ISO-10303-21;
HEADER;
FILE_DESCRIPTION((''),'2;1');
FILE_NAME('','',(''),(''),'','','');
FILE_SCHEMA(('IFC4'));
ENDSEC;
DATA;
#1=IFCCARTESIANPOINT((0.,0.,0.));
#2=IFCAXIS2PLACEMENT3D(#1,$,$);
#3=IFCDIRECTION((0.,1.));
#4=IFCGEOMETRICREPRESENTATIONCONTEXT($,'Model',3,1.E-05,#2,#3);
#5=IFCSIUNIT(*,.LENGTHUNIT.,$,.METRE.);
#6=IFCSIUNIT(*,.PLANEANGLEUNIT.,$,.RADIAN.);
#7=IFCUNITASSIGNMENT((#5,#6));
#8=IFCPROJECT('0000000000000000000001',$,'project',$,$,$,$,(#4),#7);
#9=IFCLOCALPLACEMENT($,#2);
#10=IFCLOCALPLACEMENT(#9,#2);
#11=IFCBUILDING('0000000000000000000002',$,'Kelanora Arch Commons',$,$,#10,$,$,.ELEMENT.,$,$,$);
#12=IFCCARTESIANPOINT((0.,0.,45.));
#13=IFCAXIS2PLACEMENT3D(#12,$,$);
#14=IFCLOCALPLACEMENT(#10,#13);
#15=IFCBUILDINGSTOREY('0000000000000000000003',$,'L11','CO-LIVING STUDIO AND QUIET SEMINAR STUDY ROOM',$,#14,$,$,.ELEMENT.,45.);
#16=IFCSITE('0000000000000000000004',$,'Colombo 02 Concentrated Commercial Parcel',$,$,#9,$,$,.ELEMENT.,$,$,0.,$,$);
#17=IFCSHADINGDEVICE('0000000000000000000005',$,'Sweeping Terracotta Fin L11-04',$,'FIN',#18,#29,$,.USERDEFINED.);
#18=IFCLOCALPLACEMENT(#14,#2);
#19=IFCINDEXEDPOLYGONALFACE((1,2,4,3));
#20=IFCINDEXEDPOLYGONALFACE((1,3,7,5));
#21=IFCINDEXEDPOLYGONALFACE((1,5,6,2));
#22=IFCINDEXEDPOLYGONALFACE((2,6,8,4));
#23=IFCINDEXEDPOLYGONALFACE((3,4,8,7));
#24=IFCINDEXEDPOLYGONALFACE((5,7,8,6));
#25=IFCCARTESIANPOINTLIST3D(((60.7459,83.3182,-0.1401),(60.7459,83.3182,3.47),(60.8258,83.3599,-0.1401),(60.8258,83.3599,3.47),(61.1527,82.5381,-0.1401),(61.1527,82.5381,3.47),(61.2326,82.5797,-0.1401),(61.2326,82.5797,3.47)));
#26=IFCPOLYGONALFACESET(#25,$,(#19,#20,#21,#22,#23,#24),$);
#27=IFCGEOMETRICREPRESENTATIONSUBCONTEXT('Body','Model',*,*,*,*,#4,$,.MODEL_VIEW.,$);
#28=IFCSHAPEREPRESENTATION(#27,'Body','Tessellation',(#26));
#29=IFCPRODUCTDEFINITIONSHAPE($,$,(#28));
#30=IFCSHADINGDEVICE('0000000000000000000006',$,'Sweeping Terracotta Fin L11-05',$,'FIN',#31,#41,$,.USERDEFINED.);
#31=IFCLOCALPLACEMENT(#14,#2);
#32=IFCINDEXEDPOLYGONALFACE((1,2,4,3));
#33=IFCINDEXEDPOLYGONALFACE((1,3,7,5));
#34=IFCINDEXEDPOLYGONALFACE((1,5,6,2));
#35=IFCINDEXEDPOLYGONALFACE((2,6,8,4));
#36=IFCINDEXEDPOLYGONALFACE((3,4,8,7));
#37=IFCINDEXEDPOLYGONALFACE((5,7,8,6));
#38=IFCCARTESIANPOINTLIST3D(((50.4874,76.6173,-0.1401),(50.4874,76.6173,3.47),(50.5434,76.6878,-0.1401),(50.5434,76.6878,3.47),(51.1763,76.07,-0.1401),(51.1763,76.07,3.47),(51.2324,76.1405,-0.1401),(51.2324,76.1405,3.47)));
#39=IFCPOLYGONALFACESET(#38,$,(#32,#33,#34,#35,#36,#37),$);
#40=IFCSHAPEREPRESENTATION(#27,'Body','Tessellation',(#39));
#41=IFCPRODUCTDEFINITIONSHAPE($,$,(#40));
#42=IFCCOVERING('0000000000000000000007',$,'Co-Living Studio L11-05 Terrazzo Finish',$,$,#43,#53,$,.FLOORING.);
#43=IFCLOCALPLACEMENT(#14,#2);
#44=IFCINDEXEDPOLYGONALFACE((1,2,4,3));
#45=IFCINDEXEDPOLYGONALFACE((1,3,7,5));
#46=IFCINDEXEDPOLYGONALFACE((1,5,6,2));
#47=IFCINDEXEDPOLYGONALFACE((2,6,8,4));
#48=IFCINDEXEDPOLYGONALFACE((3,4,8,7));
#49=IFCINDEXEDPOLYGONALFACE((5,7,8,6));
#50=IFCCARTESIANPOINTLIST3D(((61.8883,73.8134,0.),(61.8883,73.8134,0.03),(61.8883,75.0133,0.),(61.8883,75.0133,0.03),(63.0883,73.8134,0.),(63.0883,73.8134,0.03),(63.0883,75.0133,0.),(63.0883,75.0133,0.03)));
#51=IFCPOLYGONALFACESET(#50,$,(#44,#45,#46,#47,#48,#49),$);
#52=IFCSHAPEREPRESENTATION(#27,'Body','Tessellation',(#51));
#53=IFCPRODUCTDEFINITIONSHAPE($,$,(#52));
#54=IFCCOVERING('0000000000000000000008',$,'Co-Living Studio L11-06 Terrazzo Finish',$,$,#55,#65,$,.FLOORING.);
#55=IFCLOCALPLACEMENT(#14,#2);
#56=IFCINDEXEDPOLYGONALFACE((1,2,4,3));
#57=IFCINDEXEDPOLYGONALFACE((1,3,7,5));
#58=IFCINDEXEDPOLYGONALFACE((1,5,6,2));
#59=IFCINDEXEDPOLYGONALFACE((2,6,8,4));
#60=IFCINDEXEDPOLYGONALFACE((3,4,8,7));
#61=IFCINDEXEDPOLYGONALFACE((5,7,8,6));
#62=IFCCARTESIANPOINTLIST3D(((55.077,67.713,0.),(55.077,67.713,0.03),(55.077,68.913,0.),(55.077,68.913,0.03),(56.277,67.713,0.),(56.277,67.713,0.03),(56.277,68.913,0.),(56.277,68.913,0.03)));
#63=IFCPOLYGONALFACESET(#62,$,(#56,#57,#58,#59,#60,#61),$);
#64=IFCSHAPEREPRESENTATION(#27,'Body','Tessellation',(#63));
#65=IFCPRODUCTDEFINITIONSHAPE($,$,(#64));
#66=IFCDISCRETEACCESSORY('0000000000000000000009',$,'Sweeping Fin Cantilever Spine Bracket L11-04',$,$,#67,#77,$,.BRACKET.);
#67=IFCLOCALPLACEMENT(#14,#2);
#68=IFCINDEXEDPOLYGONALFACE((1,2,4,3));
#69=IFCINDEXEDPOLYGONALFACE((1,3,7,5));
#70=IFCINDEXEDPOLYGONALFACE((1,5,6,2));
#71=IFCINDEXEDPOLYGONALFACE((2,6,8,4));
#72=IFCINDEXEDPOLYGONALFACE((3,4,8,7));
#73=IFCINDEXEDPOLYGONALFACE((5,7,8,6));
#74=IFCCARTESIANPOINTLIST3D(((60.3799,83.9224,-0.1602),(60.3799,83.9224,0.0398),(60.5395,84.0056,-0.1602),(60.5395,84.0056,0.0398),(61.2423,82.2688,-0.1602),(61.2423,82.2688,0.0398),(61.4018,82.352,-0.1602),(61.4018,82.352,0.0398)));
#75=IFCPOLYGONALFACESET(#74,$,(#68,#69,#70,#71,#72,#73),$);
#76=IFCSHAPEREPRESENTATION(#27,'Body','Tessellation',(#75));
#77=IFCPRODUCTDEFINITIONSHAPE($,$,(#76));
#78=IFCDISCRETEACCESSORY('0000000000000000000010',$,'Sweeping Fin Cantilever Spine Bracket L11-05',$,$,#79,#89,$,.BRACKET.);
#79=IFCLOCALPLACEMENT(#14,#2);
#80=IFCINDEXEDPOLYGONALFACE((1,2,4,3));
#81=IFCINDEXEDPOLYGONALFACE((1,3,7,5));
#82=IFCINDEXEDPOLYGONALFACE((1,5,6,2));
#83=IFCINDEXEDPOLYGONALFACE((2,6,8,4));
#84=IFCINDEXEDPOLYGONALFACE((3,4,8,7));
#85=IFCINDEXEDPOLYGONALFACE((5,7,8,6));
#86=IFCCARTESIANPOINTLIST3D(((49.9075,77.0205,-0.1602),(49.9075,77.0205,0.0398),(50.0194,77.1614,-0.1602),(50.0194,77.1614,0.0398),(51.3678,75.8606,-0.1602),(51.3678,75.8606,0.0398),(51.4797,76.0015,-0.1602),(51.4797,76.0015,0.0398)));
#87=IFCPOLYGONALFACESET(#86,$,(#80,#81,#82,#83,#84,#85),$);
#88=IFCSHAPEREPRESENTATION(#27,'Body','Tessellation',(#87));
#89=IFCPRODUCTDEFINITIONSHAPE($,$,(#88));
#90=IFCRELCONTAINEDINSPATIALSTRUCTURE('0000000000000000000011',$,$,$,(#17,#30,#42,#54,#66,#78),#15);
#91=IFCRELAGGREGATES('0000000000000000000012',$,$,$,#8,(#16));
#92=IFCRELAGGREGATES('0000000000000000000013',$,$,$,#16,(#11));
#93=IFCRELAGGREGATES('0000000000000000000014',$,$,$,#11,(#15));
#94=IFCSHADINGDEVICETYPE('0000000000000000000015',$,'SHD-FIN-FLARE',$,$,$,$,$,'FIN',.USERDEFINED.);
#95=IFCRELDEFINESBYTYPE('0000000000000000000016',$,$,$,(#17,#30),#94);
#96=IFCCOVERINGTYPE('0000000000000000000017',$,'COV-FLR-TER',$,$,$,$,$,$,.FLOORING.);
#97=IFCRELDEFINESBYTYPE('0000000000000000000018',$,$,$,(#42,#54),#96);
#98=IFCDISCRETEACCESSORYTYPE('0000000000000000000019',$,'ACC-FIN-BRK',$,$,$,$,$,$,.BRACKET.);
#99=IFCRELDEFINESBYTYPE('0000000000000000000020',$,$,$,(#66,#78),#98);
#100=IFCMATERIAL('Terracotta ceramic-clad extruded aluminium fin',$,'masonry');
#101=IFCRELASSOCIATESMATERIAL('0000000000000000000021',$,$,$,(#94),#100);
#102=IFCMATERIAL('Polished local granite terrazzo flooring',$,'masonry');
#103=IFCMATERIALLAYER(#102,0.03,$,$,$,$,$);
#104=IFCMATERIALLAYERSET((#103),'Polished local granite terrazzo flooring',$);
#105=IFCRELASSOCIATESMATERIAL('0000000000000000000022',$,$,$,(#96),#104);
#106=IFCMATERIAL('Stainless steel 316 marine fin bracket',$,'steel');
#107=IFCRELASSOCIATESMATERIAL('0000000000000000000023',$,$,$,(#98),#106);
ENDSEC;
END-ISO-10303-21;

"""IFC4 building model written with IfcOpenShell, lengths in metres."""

from ifc_helpers import new_model, si_unit, direction, frame, origin, origin_2d, place, context, subcontext, project, spatial, rectangle, extrude, source, transform, mapped, material, layer, layer_set, type_object, element, save


model = new_model("IFC4")

# Units and contexts
model_context = context("Model", 3, precision=1e-05, world=origin(), true_north=direction((0.0, 1.0)))
body_context = subcontext(model_context, "Body", "Model", "MODEL_VIEW")
ifc_project = project(units=[si_unit("LENGTHUNIT", "METRE"), si_unit("PLANEANGLEUNIT", "RADIAN")], contexts=[model_context])

# Site, building, storey
site_placement = place(None, origin())
site = spatial("IfcSite", under=ifc_project, at=site_placement, Name="Colombo 02 Concentrated Commercial Parcel", CompositionType="ELEMENT", RefElevation=0.0)
building_placement = place(site_placement, origin())
building = spatial("IfcBuilding", under=site, at=building_placement, Name="Kelanora Arch Commons", CompositionType="ELEMENT")
storey_placement = place(building_placement, frame((0.0, 0.0, 45.0)))
storey = spatial("IfcBuildingStorey", under=building, at=storey_placement, Name="L11", Description="CO-LIVING STUDIO AND QUIET SEMINAR STUDY ROOM", CompositionType="ELEMENT", Elevation=45.0)

# Shading devices
ifc_material_1 = material(Name="Terracotta ceramic-clad extruded aluminium fin", Category="masonry")
shading_device_type = type_object("IfcShadingDeviceType", Name="SHD-FIN-FLARE", ElementType="FIN", PredefinedType="USERDEFINED", material=ifc_material_1)
shared_shape_1 = source(origin(), body_context, "Body", "SweptSolid", [
    extrude(rectangle(XDim=0.8799, YDim=0.0901, at=origin_2d()), origin(), (0.0, 0.0, 1.0), 3.6101),
])
for number, where, z_axis, x_axis, name in (
    (1, (60.9893, 82.949, -0.1401), (0.0, 0.0, 1.0), (-0.462368, 0.886688, 0.0), "Sweeping Terracotta Fin L11-04"),
    (2, (50.8599, 76.3789, -0.1401), (0.0, 0.0, 1.0), (-0.783043, 0.621968, 0.0), "Sweeping Terracotta Fin L11-05"),
):
    element("IfcShadingDevice", number, at=place(storey_placement, frame(where, z_axis=z_axis, x_axis=x_axis)), inside=storey, type_object=shading_device_type, Name=name, ObjectType="FIN", PredefinedType="USERDEFINED", context=body_context, shape_type="MappedRepresentation", body=[
        mapped(shared_shape_1, transform((0.0, 0.0, 0.0), scale=1.0)),
    ])

# Coverings
ifc_material_2 = material(Name="Polished local granite terrazzo flooring", Category="masonry")
ifc_layer_1 = layer(ifc_material_2, 0.03)
ifc_layer_set_1 = layer_set([ifc_layer_1], Name="Polished local granite terrazzo flooring")
covering_type = type_object("IfcCoveringType", Name="COV-FLR-TER", PredefinedType="FLOORING", material=ifc_layer_set_1)
shared_shape_2 = source(origin(), body_context, "Body", "SweptSolid", [
    extrude(rectangle(XDim=1.2, YDim=1.2, at=origin_2d()), origin(), (0.0, 0.0, 1.0), 0.03),
])
for number, where, z_axis, x_axis, name in (
    (3, (62.4883, 74.4133, 0.0), (0.0, 0.0, 1.0), (1.0, 0.0, 0.0), "Co-Living Studio L11-05 Terrazzo Finish"),
    (4, (55.677, 68.313, 0.0), (0.0, 0.0, 1.0), (1.0, 0.0, 0.0), "Co-Living Studio L11-06 Terrazzo Finish"),
):
    element("IfcCovering", number, at=place(storey_placement, frame(where, z_axis=z_axis, x_axis=x_axis)), inside=storey, type_object=covering_type, Name=name, PredefinedType="FLOORING", context=body_context, shape_type="MappedRepresentation", body=[
        mapped(shared_shape_2, transform((0.0, 0.0, 0.0), scale=1.0)),
    ])

# Discrete accessories
ifc_material_3 = material(Name="Stainless steel 316 marine fin bracket", Category="steel")
discrete_accessory_type = type_object("IfcDiscreteAccessoryType", Name="ACC-FIN-BRK", PredefinedType="BRACKET", material=ifc_material_3)
shared_shape_3 = source(origin(), body_context, "Body", "SweptSolid", [
    extrude(rectangle(XDim=1.865, YDim=0.1799, at=origin_2d()), origin(), (0.0, 0.0, 1.0), 0.2),
])
for number, where, z_axis, x_axis, name in (
    (5, (60.8909, 83.1372, -0.1602), (0.0, 0.0, 1.0), (-0.462368, 0.886688, 0.0), "Sweeping Fin Cantilever Spine Bracket L11-04"),
    (6, (50.6936, 76.511, -0.1602), (0.0, 0.0, 1.0), (-0.783043, 0.621968, 0.0), "Sweeping Fin Cantilever Spine Bracket L11-05"),
):
    element("IfcDiscreteAccessory", number, at=place(storey_placement, frame(where, z_axis=z_axis, x_axis=x_axis)), inside=storey, type_object=discrete_accessory_type, Name=name, PredefinedType="BRACKET", context=body_context, shape_type="MappedRepresentation", body=[
        mapped(shared_shape_3, transform((0.0, 0.0, 0.0), scale=1.0)),
    ])

save(model, "model.ifc")
